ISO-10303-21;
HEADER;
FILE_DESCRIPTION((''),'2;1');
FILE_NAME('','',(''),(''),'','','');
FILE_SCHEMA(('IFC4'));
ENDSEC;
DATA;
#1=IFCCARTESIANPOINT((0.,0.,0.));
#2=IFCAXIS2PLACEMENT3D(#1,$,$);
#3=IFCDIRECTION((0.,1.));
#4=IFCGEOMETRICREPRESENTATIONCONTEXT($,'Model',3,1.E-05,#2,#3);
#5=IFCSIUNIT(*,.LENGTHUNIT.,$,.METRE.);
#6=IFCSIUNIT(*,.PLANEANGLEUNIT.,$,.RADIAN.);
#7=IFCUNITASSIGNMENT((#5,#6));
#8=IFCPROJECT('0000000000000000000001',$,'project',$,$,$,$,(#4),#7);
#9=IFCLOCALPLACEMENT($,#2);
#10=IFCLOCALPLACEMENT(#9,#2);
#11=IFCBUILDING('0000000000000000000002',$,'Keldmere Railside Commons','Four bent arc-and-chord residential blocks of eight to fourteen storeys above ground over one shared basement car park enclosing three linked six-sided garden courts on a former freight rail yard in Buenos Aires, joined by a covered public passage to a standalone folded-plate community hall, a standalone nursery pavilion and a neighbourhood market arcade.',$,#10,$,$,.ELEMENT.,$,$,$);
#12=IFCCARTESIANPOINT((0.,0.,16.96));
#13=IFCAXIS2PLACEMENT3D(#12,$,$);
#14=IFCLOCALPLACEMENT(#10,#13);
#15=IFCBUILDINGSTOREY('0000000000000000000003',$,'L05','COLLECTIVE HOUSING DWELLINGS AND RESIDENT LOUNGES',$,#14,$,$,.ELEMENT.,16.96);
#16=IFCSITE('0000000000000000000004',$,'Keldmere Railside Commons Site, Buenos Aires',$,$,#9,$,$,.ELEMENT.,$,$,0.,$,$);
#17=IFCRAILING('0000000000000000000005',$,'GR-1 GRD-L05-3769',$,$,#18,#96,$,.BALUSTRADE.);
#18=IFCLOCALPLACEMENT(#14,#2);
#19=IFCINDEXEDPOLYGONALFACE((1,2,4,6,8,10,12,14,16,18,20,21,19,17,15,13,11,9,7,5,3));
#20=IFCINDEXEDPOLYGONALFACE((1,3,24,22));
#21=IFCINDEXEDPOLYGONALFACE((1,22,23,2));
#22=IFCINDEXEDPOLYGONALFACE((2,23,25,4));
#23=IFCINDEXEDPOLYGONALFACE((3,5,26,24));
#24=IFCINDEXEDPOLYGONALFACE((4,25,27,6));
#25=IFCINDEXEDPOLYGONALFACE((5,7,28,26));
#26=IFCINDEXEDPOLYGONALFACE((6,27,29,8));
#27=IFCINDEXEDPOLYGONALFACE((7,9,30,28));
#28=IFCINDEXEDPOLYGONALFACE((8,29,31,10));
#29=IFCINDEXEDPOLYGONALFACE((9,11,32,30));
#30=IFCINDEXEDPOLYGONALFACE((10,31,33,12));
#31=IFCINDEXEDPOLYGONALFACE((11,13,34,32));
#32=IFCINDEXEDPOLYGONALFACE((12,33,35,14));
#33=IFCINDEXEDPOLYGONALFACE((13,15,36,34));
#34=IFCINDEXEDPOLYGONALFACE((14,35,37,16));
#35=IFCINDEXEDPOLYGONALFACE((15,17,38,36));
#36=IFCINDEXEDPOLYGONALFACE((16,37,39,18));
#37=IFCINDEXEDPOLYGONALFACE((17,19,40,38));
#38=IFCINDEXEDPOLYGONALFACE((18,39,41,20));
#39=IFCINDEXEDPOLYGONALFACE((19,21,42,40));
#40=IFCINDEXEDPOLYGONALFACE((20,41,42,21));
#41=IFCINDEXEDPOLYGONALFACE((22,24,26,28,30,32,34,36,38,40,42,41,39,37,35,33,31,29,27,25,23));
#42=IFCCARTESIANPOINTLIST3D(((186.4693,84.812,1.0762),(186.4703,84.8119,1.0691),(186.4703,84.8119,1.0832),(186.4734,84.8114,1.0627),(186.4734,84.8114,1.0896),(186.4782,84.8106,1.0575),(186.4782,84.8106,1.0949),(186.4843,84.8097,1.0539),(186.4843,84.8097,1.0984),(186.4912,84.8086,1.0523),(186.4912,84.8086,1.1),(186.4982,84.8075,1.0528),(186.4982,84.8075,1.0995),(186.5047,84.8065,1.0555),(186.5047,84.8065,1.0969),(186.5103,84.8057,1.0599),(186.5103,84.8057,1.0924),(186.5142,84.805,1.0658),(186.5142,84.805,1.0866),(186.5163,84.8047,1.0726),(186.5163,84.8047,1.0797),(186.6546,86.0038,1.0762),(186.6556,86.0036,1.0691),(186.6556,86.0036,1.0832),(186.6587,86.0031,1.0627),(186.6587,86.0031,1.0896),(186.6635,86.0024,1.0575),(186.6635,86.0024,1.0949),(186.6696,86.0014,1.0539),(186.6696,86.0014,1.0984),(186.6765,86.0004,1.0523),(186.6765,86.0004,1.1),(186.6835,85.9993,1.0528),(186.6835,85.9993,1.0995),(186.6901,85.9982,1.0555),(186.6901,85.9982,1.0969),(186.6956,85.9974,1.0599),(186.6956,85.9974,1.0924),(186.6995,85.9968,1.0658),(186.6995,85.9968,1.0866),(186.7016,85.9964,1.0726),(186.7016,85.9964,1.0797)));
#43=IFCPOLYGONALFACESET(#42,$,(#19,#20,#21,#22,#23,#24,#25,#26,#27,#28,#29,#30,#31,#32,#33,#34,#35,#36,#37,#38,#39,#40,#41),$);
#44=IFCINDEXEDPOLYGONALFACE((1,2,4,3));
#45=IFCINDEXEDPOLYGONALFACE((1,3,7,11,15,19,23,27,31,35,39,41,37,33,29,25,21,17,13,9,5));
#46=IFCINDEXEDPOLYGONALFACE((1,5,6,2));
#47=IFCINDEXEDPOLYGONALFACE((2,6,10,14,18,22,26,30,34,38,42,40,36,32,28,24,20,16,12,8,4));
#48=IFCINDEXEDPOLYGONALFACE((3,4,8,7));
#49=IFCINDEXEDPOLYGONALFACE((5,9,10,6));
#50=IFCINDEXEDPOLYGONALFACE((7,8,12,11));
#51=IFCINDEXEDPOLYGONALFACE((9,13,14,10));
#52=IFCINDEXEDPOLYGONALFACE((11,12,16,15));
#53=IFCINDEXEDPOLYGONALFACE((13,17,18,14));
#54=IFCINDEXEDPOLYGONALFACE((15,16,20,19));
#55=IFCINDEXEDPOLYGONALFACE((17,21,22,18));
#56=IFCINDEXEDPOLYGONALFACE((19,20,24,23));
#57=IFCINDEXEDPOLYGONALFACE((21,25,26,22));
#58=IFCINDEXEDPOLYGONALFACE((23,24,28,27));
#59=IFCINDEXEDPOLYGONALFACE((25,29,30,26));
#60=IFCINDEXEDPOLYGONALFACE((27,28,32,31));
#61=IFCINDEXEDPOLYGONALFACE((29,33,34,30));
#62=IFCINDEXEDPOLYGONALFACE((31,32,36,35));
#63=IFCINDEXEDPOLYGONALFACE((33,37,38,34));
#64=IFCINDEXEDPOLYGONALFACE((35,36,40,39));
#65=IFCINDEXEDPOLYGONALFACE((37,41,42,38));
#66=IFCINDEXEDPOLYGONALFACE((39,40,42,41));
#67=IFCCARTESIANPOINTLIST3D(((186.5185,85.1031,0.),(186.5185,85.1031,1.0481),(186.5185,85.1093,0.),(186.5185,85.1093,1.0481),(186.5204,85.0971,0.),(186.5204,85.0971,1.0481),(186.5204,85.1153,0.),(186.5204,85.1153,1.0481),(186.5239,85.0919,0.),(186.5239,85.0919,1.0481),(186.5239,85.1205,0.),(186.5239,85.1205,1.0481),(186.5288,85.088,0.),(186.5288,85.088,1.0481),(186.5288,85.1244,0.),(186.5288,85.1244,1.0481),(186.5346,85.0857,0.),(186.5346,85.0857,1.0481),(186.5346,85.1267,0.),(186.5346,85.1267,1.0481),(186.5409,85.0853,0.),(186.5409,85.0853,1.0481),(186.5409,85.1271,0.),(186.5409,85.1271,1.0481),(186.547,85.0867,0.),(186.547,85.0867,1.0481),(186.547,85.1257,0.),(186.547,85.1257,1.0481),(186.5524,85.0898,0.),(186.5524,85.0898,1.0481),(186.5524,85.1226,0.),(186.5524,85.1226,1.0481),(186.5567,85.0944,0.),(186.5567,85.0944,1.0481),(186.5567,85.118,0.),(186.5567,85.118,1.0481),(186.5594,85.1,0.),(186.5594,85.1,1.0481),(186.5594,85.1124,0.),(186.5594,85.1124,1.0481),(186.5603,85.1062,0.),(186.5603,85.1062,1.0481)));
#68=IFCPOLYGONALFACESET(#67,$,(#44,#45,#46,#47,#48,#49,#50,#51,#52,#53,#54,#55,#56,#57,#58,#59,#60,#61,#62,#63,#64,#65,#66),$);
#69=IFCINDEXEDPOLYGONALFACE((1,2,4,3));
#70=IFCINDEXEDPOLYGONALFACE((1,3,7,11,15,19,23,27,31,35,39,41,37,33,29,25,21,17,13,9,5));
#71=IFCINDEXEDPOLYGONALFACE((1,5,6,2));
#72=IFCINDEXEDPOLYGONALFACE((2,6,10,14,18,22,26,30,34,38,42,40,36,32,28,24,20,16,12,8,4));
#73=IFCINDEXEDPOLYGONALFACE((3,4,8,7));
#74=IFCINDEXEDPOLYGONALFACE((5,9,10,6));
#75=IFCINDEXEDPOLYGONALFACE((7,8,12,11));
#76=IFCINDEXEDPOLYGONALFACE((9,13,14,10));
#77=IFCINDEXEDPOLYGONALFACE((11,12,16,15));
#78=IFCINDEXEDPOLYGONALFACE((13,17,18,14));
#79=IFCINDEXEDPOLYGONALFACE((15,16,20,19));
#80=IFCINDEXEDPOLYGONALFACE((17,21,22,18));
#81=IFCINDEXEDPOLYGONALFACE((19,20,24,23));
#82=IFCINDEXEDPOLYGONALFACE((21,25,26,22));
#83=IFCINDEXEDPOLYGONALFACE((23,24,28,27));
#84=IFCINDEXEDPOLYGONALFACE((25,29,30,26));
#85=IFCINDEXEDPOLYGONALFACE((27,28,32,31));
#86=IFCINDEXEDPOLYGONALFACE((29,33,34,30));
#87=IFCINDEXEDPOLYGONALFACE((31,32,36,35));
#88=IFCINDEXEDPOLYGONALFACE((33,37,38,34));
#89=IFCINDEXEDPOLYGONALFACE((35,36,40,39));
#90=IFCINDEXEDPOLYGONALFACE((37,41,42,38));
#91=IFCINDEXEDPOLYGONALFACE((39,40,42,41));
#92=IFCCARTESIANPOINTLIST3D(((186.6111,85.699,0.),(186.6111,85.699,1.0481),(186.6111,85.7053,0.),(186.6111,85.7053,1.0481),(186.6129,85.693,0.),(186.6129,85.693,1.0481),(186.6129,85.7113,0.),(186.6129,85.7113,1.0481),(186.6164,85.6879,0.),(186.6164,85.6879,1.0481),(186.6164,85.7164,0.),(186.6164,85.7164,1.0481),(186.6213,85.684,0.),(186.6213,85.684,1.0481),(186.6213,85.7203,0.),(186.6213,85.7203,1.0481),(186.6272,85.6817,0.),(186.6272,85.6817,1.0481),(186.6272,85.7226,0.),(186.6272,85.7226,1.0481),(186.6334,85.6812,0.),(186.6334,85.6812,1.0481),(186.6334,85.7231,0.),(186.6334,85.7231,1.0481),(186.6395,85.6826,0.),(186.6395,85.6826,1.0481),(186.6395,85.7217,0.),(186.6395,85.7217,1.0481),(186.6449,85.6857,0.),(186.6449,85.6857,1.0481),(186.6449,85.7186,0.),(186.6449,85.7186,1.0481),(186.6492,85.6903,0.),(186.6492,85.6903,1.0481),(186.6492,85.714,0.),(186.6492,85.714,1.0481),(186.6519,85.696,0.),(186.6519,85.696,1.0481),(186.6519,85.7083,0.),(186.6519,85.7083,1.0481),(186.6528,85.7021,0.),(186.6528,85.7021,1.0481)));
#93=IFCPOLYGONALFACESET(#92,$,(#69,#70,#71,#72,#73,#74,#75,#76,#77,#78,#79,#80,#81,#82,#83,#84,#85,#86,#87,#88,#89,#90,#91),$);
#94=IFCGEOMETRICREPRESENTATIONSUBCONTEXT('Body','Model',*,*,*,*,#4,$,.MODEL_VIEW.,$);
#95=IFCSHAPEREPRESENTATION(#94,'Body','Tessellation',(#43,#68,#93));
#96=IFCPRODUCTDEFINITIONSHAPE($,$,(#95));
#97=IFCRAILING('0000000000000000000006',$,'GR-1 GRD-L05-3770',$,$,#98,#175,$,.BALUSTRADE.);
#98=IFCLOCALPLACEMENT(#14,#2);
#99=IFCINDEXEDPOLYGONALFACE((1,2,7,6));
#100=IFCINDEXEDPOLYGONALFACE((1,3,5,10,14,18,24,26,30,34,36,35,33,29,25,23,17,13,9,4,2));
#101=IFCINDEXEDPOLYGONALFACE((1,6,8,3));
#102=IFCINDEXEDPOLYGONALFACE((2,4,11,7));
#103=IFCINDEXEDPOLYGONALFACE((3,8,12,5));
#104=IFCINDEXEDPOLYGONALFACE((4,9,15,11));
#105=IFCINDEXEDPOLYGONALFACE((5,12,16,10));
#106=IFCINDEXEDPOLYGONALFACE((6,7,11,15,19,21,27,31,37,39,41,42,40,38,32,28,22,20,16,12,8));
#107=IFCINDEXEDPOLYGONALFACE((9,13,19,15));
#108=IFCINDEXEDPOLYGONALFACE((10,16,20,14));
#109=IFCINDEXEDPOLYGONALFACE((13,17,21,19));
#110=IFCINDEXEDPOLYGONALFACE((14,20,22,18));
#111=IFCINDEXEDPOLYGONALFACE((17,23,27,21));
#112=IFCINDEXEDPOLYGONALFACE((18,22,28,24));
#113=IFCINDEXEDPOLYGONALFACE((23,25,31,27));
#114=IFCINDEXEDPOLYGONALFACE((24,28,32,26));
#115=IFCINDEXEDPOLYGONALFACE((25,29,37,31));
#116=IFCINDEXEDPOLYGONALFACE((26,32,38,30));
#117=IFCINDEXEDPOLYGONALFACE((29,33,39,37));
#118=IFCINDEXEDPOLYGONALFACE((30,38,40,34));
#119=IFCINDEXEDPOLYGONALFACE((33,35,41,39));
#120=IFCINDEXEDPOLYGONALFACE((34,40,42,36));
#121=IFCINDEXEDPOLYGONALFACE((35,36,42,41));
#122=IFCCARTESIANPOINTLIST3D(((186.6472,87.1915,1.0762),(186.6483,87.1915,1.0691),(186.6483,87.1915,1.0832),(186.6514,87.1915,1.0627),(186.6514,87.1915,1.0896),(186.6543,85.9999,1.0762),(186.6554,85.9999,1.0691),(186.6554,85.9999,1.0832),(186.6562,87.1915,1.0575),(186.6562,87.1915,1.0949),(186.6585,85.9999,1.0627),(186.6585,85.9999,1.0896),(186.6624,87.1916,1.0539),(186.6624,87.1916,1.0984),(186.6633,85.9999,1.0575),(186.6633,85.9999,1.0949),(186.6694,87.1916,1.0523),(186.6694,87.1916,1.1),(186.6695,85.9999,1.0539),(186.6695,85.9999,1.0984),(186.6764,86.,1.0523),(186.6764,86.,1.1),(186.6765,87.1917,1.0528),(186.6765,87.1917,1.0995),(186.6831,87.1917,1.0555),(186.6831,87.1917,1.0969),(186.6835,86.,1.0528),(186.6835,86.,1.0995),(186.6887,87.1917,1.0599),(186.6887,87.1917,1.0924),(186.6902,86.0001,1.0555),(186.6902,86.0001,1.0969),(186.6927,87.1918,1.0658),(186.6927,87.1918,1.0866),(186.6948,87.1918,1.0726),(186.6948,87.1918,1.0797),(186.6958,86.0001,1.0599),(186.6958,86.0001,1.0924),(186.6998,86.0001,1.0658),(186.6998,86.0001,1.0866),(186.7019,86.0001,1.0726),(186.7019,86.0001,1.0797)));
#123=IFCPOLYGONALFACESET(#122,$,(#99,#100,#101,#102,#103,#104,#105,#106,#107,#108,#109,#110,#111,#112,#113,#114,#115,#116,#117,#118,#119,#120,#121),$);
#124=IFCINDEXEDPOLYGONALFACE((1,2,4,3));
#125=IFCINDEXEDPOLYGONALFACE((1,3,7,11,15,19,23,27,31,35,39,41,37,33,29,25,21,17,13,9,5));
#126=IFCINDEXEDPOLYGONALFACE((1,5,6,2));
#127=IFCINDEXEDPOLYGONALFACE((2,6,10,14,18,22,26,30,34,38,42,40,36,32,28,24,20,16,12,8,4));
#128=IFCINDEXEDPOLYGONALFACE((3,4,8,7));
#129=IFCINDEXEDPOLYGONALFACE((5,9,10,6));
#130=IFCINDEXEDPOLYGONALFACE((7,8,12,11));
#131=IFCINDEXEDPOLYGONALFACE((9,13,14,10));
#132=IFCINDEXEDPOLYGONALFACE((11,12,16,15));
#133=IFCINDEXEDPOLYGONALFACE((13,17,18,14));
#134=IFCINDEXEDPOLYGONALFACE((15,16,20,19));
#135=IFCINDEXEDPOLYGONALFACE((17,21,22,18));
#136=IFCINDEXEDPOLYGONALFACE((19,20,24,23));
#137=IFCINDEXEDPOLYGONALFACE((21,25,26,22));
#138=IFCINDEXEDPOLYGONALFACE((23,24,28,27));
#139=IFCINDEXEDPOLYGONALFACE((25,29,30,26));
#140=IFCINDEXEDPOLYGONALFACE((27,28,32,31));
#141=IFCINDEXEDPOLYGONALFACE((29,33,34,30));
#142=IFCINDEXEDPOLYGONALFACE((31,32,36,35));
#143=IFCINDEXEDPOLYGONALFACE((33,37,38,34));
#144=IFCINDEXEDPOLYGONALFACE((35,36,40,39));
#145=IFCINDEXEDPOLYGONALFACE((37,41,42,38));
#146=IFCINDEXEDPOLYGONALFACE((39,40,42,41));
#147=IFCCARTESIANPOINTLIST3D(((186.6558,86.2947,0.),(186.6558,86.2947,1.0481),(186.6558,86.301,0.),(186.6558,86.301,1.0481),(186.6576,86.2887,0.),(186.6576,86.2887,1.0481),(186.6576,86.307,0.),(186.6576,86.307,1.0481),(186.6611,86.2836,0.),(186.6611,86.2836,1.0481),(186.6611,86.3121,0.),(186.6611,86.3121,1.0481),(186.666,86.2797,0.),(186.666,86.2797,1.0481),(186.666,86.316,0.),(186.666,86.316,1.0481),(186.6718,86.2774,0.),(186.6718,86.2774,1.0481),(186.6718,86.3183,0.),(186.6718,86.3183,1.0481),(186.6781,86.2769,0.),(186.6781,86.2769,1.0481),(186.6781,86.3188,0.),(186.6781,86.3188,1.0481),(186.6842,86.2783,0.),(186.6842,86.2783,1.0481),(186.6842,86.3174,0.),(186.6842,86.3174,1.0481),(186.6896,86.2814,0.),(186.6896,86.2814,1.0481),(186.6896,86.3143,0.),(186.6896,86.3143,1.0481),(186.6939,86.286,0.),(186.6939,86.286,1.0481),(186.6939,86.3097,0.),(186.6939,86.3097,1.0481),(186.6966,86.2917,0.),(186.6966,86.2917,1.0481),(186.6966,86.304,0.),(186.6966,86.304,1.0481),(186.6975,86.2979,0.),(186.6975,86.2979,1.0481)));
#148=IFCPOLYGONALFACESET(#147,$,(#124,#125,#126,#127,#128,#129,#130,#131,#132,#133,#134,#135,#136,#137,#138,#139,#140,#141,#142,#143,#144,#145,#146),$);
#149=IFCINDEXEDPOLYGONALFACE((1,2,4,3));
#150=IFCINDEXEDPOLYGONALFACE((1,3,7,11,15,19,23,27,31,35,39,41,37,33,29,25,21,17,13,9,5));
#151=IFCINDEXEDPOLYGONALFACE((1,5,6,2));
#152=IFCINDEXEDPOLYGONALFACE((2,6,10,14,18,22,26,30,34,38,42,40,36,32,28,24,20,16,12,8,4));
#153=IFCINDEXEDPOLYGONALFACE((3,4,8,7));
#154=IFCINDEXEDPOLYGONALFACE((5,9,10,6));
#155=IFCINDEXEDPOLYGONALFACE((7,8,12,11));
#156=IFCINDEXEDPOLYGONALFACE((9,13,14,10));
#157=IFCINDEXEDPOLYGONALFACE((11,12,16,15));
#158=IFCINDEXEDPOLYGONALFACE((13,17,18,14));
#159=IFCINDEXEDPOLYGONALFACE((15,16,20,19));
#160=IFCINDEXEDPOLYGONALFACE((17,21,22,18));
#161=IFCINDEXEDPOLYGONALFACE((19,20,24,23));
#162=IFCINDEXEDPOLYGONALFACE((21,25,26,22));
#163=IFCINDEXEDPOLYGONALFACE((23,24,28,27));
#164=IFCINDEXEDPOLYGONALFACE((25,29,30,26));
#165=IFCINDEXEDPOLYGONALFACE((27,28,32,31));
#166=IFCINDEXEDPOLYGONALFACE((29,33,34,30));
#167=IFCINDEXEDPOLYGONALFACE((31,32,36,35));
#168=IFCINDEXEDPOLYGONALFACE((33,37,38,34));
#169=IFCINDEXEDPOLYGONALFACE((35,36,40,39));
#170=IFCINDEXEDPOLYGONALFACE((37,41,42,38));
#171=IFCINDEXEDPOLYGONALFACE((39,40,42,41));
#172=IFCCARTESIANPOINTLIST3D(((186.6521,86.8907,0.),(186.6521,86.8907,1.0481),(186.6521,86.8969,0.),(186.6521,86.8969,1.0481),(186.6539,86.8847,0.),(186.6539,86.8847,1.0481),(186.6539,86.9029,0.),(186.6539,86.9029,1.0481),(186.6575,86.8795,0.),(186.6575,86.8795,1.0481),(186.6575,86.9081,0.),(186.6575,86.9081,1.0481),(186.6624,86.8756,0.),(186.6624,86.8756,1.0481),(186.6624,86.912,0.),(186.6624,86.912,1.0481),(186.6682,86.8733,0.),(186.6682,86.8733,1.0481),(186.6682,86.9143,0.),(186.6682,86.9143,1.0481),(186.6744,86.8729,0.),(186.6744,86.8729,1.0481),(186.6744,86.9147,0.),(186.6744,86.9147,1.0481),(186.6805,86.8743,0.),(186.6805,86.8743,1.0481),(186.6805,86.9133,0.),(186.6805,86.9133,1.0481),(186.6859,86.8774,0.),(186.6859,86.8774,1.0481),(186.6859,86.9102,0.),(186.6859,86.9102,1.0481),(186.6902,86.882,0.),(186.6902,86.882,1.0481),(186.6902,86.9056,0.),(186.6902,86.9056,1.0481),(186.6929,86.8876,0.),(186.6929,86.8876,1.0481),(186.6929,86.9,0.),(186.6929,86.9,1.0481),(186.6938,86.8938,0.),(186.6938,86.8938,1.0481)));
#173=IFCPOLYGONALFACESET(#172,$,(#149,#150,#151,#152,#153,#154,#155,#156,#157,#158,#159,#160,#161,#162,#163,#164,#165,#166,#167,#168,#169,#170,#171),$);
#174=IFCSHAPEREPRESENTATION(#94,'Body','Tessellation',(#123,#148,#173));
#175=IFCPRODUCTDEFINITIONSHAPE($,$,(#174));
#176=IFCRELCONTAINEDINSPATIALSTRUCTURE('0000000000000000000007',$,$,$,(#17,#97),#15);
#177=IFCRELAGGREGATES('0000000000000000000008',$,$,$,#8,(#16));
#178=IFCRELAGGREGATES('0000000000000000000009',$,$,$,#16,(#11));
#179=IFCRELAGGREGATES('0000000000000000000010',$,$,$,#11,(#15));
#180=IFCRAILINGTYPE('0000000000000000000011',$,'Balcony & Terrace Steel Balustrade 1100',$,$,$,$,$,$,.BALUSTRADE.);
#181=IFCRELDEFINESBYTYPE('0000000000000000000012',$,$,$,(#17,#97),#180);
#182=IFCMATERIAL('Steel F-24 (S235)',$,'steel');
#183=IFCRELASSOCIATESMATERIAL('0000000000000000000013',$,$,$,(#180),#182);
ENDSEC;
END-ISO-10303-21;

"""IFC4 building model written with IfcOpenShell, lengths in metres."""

from ifc_helpers import new_model, si_unit, direction, frame, origin, origin_2d, place, context, subcontext, project, spatial, circle, extrude, material, type_object, element, save


model = new_model("IFC4")

# Units and contexts
model_context = context("Model", 3, precision=1e-05, world=origin(), true_north=direction((0.0, 1.0)))
body_context = subcontext(model_context, "Body", "Model", "MODEL_VIEW")
ifc_project = project(units=[si_unit("LENGTHUNIT", "METRE"), si_unit("PLANEANGLEUNIT", "RADIAN")], contexts=[model_context])

# Site, building, storey
site_placement = place(None, origin())
site = spatial("IfcSite", under=ifc_project, at=site_placement, Name="Keldmere Railside Commons Site, Buenos Aires", CompositionType="ELEMENT", RefElevation=0.0)
building_placement = place(site_placement, origin())
building = spatial("IfcBuilding", under=site, at=building_placement, Name="Keldmere Railside Commons", Description="Four bent arc-and-chord residential blocks of eight to fourteen storeys above ground over one shared basement car park enclosing three linked six-sided garden courts on a former freight rail yard in Buenos Aires, joined by a covered public passage to a standalone folded-plate community hall, a standalone nursery pavilion and a neighbourhood market arcade.", CompositionType="ELEMENT")
storey_placement = place(building_placement, frame((0.0, 0.0, 16.96)))
storey = spatial("IfcBuildingStorey", under=building, at=storey_placement, Name="L05", Description="COLLECTIVE HOUSING DWELLINGS AND RESIDENT LOUNGES", CompositionType="ELEMENT", Elevation=16.96)

# Railings
ifc_material_1 = material(Name="Steel F-24 (S235)", Category="steel")
railing_type = type_object("IfcRailingType", Name="Balcony & Terrace Steel Balustrade 1100", PredefinedType="BALUSTRADE", material=ifc_material_1)
railing_1_placement = place(storey_placement, frame((186.4929, 84.8083, 0.0)))
element("IfcRailing", 1, at=railing_1_placement, inside=storey, type_object=railing_type, Name="GR-1 GRD-L05-3769", PredefinedType="BALUSTRADE", context=body_context, shape_type="SweptSolid", body=[
    extrude(circle(Radius=0.0239, at=origin_2d()), frame((0.0, 0.0, 1.0762), z_axis=(0.153654, 0.988125, 0.0), x_axis=(-0.988125, 0.153654, 0.0)), (0.0, 0.0, 1.0), 1.2061),
    extrude(circle(Radius=0.021, at=origin_2d()), frame((0.0464, 0.2979, 0.0)), (0.0, 0.0, 1.0), 1.0481),
    extrude(circle(Radius=0.021, at=origin_2d()), frame((0.1389, 0.8938, 0.0)), (0.0, 0.0, 1.0), 1.0481),
])
railing_2_placement = place(storey_placement, frame((186.6782, 86.0, 0.0)))
element("IfcRailing", 2, at=railing_2_placement, inside=storey, type_object=railing_type, Name="GR-1 GRD-L05-3770", PredefinedType="BALUSTRADE", context=body_context, shape_type="SweptSolid", body=[
    extrude(circle(Radius=0.0239, at=origin_2d()), frame((0.0, 0.0, 1.0762), z_axis=(-0.005941, 0.999982, 0.0), x_axis=(-0.999982, -0.005941, 0.0)), (0.0, 0.0, 1.0), 1.1917),
    extrude(circle(Radius=0.021, at=origin_2d()), frame((-0.0017, 0.2979, 0.0)), (0.0, 0.0, 1.0), 1.0481),
    extrude(circle(Radius=0.021, at=origin_2d()), frame((-0.0054, 0.8938, 0.0)), (0.0, 0.0, 1.0), 1.0481),
])

save(model, "model.ifc")
